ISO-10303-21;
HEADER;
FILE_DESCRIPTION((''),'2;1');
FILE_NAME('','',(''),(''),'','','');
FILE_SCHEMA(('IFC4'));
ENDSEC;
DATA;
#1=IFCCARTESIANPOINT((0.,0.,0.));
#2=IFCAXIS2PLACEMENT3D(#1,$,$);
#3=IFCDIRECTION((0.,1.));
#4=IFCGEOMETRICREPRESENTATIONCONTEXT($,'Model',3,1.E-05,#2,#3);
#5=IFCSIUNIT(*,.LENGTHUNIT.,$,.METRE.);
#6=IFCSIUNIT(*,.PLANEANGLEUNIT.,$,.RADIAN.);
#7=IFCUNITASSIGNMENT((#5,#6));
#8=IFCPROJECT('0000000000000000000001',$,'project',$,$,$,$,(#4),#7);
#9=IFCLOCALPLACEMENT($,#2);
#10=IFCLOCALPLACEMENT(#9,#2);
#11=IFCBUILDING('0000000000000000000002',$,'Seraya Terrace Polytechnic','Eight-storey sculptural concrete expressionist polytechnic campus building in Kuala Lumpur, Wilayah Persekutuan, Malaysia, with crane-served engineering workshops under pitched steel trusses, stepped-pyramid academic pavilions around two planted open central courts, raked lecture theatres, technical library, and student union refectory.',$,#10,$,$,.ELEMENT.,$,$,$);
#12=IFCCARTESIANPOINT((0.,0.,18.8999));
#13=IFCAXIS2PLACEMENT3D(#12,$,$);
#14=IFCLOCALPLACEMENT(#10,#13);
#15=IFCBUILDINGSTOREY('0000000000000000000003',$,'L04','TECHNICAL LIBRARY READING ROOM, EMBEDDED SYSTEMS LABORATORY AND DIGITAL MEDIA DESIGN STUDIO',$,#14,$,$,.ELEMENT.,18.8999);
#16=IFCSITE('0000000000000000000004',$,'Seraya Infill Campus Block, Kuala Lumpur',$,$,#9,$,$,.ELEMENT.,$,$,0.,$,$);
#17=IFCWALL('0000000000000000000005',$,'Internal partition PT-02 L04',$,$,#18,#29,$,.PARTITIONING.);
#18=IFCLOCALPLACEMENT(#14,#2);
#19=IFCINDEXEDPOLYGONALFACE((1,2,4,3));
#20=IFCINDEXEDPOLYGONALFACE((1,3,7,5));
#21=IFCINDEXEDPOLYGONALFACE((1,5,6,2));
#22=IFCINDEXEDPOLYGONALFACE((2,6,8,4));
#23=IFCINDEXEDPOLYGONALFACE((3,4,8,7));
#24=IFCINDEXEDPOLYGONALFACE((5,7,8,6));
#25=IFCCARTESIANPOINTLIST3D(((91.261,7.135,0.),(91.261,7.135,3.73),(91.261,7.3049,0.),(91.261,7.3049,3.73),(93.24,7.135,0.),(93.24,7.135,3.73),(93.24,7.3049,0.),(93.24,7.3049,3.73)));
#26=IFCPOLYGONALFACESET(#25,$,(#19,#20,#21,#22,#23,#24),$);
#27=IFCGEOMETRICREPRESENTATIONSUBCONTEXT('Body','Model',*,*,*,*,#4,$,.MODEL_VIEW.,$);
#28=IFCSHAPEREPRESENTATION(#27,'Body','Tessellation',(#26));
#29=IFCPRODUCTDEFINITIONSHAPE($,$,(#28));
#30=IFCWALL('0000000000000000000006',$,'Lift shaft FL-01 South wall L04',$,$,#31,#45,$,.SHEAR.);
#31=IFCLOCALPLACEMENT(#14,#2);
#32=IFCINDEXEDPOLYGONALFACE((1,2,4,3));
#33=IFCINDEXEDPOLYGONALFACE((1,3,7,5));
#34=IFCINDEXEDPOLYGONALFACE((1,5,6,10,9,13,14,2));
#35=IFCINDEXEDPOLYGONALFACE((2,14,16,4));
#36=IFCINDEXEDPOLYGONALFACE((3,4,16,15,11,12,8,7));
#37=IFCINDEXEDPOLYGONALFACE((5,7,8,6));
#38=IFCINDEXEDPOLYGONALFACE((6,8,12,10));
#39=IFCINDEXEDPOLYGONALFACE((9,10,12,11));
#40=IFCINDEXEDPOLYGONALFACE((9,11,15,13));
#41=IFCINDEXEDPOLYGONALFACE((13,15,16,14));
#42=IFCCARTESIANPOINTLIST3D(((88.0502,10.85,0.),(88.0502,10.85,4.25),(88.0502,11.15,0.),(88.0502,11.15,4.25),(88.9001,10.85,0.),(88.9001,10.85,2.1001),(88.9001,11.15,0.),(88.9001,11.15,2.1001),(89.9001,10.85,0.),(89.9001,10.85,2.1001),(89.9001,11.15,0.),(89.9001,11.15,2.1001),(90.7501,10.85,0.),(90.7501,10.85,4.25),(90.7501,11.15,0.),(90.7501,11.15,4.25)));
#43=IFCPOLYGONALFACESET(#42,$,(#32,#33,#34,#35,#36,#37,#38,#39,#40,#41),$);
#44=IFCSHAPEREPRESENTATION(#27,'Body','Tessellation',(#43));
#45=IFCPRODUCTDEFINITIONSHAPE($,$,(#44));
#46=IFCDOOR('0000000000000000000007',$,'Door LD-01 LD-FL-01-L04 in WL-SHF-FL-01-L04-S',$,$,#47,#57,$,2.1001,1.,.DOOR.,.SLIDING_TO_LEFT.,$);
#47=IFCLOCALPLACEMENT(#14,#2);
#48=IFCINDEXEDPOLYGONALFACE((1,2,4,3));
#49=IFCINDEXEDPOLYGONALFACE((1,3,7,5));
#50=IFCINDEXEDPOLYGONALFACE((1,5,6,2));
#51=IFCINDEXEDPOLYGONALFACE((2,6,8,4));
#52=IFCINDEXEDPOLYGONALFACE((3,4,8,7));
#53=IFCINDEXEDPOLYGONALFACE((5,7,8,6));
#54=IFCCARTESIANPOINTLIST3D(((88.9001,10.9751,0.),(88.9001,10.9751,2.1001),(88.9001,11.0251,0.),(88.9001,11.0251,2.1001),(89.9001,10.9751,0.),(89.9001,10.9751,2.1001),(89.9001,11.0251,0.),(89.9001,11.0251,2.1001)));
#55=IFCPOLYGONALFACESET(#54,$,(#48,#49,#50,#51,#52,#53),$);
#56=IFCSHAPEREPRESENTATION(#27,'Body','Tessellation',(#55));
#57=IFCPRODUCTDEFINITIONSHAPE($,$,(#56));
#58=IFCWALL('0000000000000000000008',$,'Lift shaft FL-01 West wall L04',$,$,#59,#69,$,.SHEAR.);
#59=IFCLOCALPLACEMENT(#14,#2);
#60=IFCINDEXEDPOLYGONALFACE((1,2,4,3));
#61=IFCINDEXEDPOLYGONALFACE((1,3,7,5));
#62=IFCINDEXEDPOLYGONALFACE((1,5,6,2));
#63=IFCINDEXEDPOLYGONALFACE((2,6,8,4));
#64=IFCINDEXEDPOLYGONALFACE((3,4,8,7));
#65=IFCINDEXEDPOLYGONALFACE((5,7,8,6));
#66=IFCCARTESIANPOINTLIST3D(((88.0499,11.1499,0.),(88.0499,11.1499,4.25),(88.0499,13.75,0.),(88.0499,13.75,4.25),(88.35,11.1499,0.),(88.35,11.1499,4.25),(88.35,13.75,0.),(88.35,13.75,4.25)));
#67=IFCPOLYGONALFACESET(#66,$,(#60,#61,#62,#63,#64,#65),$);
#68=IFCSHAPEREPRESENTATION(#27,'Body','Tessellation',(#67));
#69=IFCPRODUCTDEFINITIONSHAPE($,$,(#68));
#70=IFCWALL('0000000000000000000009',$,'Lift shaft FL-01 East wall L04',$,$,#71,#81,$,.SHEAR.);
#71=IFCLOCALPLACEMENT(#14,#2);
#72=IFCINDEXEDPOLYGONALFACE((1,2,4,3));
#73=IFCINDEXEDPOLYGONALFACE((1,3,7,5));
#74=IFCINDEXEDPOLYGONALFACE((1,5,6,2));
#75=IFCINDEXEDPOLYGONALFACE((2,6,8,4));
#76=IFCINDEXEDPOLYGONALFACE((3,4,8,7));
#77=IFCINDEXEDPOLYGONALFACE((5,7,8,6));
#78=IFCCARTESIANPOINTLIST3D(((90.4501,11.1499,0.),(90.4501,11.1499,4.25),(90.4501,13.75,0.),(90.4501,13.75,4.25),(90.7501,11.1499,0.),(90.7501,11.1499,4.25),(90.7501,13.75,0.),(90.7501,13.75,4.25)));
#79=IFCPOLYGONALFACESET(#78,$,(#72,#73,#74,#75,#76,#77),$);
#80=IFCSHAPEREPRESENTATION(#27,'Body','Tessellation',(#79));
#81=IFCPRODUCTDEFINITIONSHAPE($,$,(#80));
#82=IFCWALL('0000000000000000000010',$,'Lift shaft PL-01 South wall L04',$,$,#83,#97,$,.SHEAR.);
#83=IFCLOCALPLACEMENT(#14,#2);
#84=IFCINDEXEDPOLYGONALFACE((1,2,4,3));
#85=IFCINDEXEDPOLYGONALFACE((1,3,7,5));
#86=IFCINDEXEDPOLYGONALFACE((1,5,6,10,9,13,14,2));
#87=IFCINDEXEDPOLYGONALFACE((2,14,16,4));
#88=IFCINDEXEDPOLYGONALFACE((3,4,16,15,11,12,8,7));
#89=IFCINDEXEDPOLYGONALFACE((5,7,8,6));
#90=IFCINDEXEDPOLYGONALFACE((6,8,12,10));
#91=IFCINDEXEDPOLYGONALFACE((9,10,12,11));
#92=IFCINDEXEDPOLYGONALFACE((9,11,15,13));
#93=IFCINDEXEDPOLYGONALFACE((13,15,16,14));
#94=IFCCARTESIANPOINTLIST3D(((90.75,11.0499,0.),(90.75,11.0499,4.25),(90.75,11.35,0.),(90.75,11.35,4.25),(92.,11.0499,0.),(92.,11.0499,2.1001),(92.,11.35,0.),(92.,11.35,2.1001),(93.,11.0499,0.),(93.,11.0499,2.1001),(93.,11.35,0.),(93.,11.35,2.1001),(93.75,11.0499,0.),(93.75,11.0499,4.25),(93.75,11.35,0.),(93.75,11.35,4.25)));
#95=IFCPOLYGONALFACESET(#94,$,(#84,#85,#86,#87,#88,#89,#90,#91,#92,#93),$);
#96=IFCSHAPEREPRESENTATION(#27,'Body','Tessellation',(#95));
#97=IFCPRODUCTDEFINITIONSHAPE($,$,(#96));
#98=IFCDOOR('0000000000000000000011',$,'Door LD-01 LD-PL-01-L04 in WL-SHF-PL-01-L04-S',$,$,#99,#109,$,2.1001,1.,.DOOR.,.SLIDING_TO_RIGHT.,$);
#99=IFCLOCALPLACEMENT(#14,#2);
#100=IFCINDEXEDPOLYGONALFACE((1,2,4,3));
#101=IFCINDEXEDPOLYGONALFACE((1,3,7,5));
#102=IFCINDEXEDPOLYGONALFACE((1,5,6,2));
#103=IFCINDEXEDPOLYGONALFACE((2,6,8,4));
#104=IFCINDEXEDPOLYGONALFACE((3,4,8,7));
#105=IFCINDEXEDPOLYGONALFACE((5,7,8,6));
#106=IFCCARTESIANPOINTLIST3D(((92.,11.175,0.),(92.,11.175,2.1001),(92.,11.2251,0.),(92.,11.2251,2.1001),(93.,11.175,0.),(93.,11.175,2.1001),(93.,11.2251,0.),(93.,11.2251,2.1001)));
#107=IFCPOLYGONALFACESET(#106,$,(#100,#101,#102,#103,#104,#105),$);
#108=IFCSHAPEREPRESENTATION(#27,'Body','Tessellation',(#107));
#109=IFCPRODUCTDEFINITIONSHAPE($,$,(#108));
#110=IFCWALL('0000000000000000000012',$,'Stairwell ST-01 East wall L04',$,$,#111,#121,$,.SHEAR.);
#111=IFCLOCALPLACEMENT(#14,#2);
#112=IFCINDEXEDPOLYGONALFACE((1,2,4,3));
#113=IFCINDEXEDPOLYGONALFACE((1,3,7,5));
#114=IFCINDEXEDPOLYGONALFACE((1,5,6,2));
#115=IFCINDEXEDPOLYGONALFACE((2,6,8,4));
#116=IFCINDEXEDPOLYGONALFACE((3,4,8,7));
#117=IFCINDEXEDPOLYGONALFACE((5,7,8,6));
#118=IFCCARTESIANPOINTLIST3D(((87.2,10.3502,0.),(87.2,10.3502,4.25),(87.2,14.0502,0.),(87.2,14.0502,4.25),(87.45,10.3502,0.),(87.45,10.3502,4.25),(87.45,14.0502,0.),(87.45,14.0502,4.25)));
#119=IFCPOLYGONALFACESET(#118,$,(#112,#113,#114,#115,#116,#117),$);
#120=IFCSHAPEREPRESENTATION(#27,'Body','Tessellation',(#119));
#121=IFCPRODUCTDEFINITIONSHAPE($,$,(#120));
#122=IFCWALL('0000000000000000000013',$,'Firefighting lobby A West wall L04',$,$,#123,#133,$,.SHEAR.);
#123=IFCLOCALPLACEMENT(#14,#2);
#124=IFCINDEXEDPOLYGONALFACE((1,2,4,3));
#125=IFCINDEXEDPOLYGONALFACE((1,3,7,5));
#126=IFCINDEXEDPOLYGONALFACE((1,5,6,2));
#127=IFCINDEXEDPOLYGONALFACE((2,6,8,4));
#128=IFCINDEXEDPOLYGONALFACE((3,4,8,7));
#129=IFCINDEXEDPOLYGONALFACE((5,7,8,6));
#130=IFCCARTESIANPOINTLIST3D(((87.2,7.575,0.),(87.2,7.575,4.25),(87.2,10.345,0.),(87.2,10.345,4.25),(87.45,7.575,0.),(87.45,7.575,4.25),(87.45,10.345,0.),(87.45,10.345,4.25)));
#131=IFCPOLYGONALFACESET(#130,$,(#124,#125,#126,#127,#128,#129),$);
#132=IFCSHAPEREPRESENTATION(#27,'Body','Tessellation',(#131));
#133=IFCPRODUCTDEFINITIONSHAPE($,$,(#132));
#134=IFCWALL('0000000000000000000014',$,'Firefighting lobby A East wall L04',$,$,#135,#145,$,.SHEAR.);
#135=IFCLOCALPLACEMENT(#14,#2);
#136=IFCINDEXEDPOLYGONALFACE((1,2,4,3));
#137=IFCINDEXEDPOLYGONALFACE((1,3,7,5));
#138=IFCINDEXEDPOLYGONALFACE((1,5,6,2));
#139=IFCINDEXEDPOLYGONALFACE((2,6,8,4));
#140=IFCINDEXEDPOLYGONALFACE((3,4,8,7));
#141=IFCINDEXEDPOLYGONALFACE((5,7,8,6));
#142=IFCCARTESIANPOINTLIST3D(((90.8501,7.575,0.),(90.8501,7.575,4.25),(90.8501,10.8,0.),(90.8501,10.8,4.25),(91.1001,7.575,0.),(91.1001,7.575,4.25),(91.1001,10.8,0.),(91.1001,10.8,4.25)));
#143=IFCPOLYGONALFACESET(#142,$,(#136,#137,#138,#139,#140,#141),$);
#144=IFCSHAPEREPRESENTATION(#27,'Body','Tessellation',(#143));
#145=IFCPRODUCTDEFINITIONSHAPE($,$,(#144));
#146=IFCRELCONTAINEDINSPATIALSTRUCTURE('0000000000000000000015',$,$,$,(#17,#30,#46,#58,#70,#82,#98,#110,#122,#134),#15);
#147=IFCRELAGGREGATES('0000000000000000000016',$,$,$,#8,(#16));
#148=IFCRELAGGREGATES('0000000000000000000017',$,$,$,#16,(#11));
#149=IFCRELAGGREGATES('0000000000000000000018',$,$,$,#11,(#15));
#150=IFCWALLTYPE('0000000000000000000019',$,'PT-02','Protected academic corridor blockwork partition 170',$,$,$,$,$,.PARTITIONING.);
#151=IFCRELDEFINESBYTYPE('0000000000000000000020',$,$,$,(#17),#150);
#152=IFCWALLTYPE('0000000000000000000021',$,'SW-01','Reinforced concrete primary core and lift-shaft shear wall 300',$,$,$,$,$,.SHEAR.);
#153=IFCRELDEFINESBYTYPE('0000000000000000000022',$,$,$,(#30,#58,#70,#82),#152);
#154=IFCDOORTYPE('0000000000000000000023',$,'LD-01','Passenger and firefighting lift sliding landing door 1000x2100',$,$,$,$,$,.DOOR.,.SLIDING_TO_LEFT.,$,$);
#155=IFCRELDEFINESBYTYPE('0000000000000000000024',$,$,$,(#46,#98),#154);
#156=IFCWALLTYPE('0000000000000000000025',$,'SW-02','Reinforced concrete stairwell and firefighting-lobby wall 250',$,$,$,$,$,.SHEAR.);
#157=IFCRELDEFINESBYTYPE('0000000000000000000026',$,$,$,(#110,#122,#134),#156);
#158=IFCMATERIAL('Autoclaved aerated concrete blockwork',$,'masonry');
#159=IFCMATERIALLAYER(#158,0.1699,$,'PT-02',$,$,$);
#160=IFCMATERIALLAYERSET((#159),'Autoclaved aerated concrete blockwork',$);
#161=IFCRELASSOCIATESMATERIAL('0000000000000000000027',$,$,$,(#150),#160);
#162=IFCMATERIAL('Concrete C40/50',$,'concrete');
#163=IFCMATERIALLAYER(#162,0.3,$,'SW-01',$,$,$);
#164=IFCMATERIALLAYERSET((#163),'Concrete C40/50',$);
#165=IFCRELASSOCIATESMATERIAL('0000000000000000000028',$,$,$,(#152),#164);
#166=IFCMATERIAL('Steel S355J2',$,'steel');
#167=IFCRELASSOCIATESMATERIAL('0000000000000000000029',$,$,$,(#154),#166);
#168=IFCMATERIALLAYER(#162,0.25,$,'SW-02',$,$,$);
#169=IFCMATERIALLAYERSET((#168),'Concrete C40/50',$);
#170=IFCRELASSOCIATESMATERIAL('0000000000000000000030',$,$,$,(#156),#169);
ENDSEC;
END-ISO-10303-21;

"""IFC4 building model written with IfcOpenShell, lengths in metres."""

from ifc_helpers import new_model, si_unit, direction, frame, frame_2d, origin, place, context, subcontext, project, spatial, rectangle, extrude, material, layer, layer_set, type_object, element, fill, save


model = new_model("IFC4")

# Units and contexts
model_context = context("Model", 3, precision=1e-05, world=origin(), true_north=direction((0.0, 1.0)))
body_context = subcontext(model_context, "Body", "Model", "MODEL_VIEW")
ifc_project = project(units=[si_unit("LENGTHUNIT", "METRE"), si_unit("PLANEANGLEUNIT", "RADIAN")], contexts=[model_context])

# Site, building, storey
site_placement = place(None, origin())
site = spatial("IfcSite", under=ifc_project, at=site_placement, Name="Seraya Infill Campus Block, Kuala Lumpur", CompositionType="ELEMENT", RefElevation=0.0)
building_placement = place(site_placement, origin())
building = spatial("IfcBuilding", under=site, at=building_placement, Name="Seraya Terrace Polytechnic", Description="Eight-storey sculptural concrete expressionist polytechnic campus building in Kuala Lumpur, Wilayah Persekutuan, Malaysia, with crane-served engineering workshops under pitched steel trusses, stepped-pyramid academic pavilions around two planted open central courts, raked lecture theatres, technical library, and student union refectory.", CompositionType="ELEMENT")
storey_placement = place(building_placement, frame((0.0, 0.0, 18.8999)))
storey = spatial("IfcBuildingStorey", under=building, at=storey_placement, Name="L04", Description="TECHNICAL LIBRARY READING ROOM, EMBEDDED SYSTEMS LABORATORY AND DIGITAL MEDIA DESIGN STUDIO", CompositionType="ELEMENT", Elevation=18.8999)

# Shared definitions
ifc_material_1 = material(Name="Concrete C40/50", Category="concrete")

# Wall
ifc_material_2 = material(Name="Autoclaved aerated concrete blockwork", Category="masonry")
ifc_layer_1 = layer(ifc_material_2, 0.1699, Name="PT-02")
ifc_layer_set_1 = layer_set([ifc_layer_1], Name="Autoclaved aerated concrete blockwork")
wall_type_1 = type_object("IfcWallType", Name="PT-02", Description="Protected academic corridor blockwork partition 170", PredefinedType="PARTITIONING", material=ifc_layer_set_1)
wall_1_placement = place(storey_placement, frame((91.261, 7.22, 0.0), z_axis=(0.0, 0.0, 1.0), x_axis=(1.0, 0.0, 0.0)))
element("IfcWall", 1, at=wall_1_placement, inside=storey, type_object=wall_type_1, Name="Internal partition PT-02 L04", PredefinedType="PARTITIONING", context=body_context, shape_type="SweptSolid", body=[
    extrude(rectangle(XDim=1.979, YDim=0.1699, at=frame_2d((0.9895, 0.0))), origin(), (0.0, 0.0, 1.0), 3.73),
])

# Wall, opening, door
ifc_layer_2 = layer(ifc_material_1, 0.3, Name="SW-01")
ifc_layer_set_2 = layer_set([ifc_layer_2], Name="Concrete C40/50")
wall_type_2 = type_object("IfcWallType", Name="SW-01", Description="Reinforced concrete primary core and lift-shaft shear wall 300", PredefinedType="SHEAR", material=ifc_layer_set_2)
wall_2_placement = place(storey_placement, frame((88.05, 11.0, 0.0), z_axis=(0.0, 0.0, 1.0), x_axis=(1.0, 0.0, 0.0)))
wall_2 = element("IfcWall", 2, at=wall_2_placement, inside=storey, type_object=wall_type_2, Name="Lift shaft FL-01 South wall L04", PredefinedType="SHEAR", context=body_context, shape_type="SweptSolid", body=[
    extrude(rectangle(XDim=2.7, YDim=0.3, at=frame_2d((1.3501, 0.0))), origin(), (0.0, 0.0, 1.0), 4.25),
])
opening_1_placement = place(wall_2_placement, frame((0.8501, 0.0, 0.0)))
opening_1 = element("IfcOpeningElement", 3, at=opening_1_placement, cuts=wall_2, PredefinedType="OPENING", context=body_context, shape_type="SweptSolid", body=[
    extrude(rectangle(XDim=1.0, YDim=2.1001, at=frame_2d((0.5, 1.05))), frame((0.0, 0.1621, 0.0), z_axis=(0.0, -1.0, 0.0), x_axis=(1.0, 0.0, 0.0)), (0.0, 0.0, 1.0), 0.324),
])
ifc_material_3 = material(Name="Steel S355J2", Category="steel")
door_type_1 = type_object("IfcDoorType", Name="LD-01", Description="Passenger and firefighting lift sliding landing door 1000x2100", OperationType="SLIDING_TO_LEFT", PredefinedType="DOOR", material=ifc_material_3)
door_1_placement = place(opening_1_placement, frame((1.0, 0.0, 0.0), z_axis=(0.0, 0.0, 1.0), x_axis=(-1.0, 0.0, 0.0)))
door_1 = element("IfcDoor", 4, at=door_1_placement, inside=storey, type_object=door_type_1, Name="Door LD-01 LD-FL-01-L04 in WL-SHF-FL-01-L04-S", OperationType="SLIDING_TO_LEFT", OverallHeight=2.1001, OverallWidth=1.0, PredefinedType="DOOR", context=body_context, shape_type="SweptSolid", body=[
    extrude(rectangle(XDim=1.0, YDim=2.1001, at=frame_2d((0.5, 1.05))), frame((0.0, 0.0249, 0.0), z_axis=(0.0, -1.0, 0.0), x_axis=(1.0, 0.0, 0.0)), (0.0, 0.0, 1.0), 0.05),
])
fill(opening_1, door_1)

# Walls
for number, where, z_axis, x_axis, name in (
    (5, (88.2, 11.1499, 0.0), (0.0, 0.0, 1.0), (0.0, 1.0, 0.0), "Lift shaft FL-01 West wall L04"),
    (6, (90.6001, 11.1499, 0.0), (0.0, 0.0, 1.0), (0.0, 1.0, 0.0), "Lift shaft FL-01 East wall L04"),
):
    element("IfcWall", number, at=place(storey_placement, frame(where, z_axis=z_axis, x_axis=x_axis)), inside=storey, type_object=wall_type_2, Name=name, PredefinedType="SHEAR", context=body_context, shape_type="SweptSolid", body=[
        extrude(rectangle(XDim=2.6001, YDim=0.3, at=frame_2d((1.3, 0.0))), origin(), (0.0, 0.0, 1.0), 4.25),
    ])

# Wall, opening, door
wall_3_placement = place(storey_placement, frame((90.75, 11.2, 0.0), z_axis=(0.0, 0.0, 1.0), x_axis=(1.0, 0.0, 0.0)))
wall_3 = element("IfcWall", 7, at=wall_3_placement, inside=storey, type_object=wall_type_2, Name="Lift shaft PL-01 South wall L04", PredefinedType="SHEAR", context=body_context, shape_type="SweptSolid", body=[
    extrude(rectangle(XDim=3.0, YDim=0.3, at=frame_2d((1.5, 0.0))), origin(), (0.0, 0.0, 1.0), 4.25),
])
opening_2_placement = place(wall_3_placement, frame((1.25, 0.0, 0.0)))
opening_2 = element("IfcOpeningElement", 8, at=opening_2_placement, cuts=wall_3, PredefinedType="OPENING", context=body_context, shape_type="SweptSolid", body=[
    extrude(rectangle(XDim=1.0, YDim=2.1001, at=frame_2d((0.5, 1.05))), frame((0.0, 0.1621, 0.0), z_axis=(0.0, -1.0, 0.0), x_axis=(1.0, 0.0, 0.0)), (0.0, 0.0, 1.0), 0.324),
])
door_2_placement = place(opening_2_placement, frame((1.0, 0.0, 0.0), z_axis=(0.0, 0.0, 1.0), x_axis=(-1.0, 0.0, 0.0)))
door_2 = element("IfcDoor", 9, at=door_2_placement, inside=storey, type_object=door_type_1, Name="Door LD-01 LD-PL-01-L04 in WL-SHF-PL-01-L04-S", OperationType="SLIDING_TO_RIGHT", OverallHeight=2.1001, OverallWidth=1.0, PredefinedType="DOOR", context=body_context, shape_type="SweptSolid", body=[
    extrude(rectangle(XDim=1.0, YDim=2.1001, at=frame_2d((0.5, 1.05))), frame((0.0, 0.0249, 0.0), z_axis=(0.0, -1.0, 0.0), x_axis=(1.0, 0.0, 0.0)), (0.0, 0.0, 1.0), 0.05),
])
fill(opening_2, door_2)

# Wall
ifc_layer_3 = layer(ifc_material_1, 0.25, Name="SW-02")
ifc_layer_set_3 = layer_set([ifc_layer_3], Name="Concrete C40/50")
wall_type_3 = type_object("IfcWallType", Name="SW-02", Description="Reinforced concrete stairwell and firefighting-lobby wall 250", PredefinedType="SHEAR", material=ifc_layer_set_3)
wall_4_placement = place(storey_placement, frame((87.325, 10.3501, 0.0), z_axis=(0.0, 0.0, 1.0), x_axis=(0.0, 1.0, 0.0)))
element("IfcWall", 10, at=wall_4_placement, inside=storey, type_object=wall_type_3, Name="Stairwell ST-01 East wall L04", PredefinedType="SHEAR", context=body_context, shape_type="SweptSolid", body=[
    extrude(rectangle(XDim=3.7, YDim=0.25, at=frame_2d((1.8501, 0.0))), origin(), (0.0, 0.0, 1.0), 4.25),
])

# Walls
wall_5_placement = place(storey_placement, frame((87.325, 7.575, 0.0), z_axis=(0.0, 0.0, 1.0), x_axis=(0.0, 1.0, 0.0)))
element("IfcWall", 11, at=wall_5_placement, inside=storey, type_object=wall_type_3, Name="Firefighting lobby A West wall L04", PredefinedType="SHEAR", context=body_context, shape_type="SweptSolid", body=[
    extrude(rectangle(XDim=2.77, YDim=0.25, at=frame_2d((1.385, 0.0))), origin(), (0.0, 0.0, 1.0), 4.25),
])
wall_6_placement = place(storey_placement, frame((90.9751, 7.575, 0.0), z_axis=(0.0, 0.0, 1.0), x_axis=(0.0, 1.0, 0.0)))
element("IfcWall", 12, at=wall_6_placement, inside=storey, type_object=wall_type_3, Name="Firefighting lobby A East wall L04", PredefinedType="SHEAR", context=body_context, shape_type="SweptSolid", body=[
    extrude(rectangle(XDim=3.2251, YDim=0.25, at=frame_2d((1.6125, 0.0))), origin(), (0.0, 0.0, 1.0), 4.25),
])

save(model, "model.ifc")
